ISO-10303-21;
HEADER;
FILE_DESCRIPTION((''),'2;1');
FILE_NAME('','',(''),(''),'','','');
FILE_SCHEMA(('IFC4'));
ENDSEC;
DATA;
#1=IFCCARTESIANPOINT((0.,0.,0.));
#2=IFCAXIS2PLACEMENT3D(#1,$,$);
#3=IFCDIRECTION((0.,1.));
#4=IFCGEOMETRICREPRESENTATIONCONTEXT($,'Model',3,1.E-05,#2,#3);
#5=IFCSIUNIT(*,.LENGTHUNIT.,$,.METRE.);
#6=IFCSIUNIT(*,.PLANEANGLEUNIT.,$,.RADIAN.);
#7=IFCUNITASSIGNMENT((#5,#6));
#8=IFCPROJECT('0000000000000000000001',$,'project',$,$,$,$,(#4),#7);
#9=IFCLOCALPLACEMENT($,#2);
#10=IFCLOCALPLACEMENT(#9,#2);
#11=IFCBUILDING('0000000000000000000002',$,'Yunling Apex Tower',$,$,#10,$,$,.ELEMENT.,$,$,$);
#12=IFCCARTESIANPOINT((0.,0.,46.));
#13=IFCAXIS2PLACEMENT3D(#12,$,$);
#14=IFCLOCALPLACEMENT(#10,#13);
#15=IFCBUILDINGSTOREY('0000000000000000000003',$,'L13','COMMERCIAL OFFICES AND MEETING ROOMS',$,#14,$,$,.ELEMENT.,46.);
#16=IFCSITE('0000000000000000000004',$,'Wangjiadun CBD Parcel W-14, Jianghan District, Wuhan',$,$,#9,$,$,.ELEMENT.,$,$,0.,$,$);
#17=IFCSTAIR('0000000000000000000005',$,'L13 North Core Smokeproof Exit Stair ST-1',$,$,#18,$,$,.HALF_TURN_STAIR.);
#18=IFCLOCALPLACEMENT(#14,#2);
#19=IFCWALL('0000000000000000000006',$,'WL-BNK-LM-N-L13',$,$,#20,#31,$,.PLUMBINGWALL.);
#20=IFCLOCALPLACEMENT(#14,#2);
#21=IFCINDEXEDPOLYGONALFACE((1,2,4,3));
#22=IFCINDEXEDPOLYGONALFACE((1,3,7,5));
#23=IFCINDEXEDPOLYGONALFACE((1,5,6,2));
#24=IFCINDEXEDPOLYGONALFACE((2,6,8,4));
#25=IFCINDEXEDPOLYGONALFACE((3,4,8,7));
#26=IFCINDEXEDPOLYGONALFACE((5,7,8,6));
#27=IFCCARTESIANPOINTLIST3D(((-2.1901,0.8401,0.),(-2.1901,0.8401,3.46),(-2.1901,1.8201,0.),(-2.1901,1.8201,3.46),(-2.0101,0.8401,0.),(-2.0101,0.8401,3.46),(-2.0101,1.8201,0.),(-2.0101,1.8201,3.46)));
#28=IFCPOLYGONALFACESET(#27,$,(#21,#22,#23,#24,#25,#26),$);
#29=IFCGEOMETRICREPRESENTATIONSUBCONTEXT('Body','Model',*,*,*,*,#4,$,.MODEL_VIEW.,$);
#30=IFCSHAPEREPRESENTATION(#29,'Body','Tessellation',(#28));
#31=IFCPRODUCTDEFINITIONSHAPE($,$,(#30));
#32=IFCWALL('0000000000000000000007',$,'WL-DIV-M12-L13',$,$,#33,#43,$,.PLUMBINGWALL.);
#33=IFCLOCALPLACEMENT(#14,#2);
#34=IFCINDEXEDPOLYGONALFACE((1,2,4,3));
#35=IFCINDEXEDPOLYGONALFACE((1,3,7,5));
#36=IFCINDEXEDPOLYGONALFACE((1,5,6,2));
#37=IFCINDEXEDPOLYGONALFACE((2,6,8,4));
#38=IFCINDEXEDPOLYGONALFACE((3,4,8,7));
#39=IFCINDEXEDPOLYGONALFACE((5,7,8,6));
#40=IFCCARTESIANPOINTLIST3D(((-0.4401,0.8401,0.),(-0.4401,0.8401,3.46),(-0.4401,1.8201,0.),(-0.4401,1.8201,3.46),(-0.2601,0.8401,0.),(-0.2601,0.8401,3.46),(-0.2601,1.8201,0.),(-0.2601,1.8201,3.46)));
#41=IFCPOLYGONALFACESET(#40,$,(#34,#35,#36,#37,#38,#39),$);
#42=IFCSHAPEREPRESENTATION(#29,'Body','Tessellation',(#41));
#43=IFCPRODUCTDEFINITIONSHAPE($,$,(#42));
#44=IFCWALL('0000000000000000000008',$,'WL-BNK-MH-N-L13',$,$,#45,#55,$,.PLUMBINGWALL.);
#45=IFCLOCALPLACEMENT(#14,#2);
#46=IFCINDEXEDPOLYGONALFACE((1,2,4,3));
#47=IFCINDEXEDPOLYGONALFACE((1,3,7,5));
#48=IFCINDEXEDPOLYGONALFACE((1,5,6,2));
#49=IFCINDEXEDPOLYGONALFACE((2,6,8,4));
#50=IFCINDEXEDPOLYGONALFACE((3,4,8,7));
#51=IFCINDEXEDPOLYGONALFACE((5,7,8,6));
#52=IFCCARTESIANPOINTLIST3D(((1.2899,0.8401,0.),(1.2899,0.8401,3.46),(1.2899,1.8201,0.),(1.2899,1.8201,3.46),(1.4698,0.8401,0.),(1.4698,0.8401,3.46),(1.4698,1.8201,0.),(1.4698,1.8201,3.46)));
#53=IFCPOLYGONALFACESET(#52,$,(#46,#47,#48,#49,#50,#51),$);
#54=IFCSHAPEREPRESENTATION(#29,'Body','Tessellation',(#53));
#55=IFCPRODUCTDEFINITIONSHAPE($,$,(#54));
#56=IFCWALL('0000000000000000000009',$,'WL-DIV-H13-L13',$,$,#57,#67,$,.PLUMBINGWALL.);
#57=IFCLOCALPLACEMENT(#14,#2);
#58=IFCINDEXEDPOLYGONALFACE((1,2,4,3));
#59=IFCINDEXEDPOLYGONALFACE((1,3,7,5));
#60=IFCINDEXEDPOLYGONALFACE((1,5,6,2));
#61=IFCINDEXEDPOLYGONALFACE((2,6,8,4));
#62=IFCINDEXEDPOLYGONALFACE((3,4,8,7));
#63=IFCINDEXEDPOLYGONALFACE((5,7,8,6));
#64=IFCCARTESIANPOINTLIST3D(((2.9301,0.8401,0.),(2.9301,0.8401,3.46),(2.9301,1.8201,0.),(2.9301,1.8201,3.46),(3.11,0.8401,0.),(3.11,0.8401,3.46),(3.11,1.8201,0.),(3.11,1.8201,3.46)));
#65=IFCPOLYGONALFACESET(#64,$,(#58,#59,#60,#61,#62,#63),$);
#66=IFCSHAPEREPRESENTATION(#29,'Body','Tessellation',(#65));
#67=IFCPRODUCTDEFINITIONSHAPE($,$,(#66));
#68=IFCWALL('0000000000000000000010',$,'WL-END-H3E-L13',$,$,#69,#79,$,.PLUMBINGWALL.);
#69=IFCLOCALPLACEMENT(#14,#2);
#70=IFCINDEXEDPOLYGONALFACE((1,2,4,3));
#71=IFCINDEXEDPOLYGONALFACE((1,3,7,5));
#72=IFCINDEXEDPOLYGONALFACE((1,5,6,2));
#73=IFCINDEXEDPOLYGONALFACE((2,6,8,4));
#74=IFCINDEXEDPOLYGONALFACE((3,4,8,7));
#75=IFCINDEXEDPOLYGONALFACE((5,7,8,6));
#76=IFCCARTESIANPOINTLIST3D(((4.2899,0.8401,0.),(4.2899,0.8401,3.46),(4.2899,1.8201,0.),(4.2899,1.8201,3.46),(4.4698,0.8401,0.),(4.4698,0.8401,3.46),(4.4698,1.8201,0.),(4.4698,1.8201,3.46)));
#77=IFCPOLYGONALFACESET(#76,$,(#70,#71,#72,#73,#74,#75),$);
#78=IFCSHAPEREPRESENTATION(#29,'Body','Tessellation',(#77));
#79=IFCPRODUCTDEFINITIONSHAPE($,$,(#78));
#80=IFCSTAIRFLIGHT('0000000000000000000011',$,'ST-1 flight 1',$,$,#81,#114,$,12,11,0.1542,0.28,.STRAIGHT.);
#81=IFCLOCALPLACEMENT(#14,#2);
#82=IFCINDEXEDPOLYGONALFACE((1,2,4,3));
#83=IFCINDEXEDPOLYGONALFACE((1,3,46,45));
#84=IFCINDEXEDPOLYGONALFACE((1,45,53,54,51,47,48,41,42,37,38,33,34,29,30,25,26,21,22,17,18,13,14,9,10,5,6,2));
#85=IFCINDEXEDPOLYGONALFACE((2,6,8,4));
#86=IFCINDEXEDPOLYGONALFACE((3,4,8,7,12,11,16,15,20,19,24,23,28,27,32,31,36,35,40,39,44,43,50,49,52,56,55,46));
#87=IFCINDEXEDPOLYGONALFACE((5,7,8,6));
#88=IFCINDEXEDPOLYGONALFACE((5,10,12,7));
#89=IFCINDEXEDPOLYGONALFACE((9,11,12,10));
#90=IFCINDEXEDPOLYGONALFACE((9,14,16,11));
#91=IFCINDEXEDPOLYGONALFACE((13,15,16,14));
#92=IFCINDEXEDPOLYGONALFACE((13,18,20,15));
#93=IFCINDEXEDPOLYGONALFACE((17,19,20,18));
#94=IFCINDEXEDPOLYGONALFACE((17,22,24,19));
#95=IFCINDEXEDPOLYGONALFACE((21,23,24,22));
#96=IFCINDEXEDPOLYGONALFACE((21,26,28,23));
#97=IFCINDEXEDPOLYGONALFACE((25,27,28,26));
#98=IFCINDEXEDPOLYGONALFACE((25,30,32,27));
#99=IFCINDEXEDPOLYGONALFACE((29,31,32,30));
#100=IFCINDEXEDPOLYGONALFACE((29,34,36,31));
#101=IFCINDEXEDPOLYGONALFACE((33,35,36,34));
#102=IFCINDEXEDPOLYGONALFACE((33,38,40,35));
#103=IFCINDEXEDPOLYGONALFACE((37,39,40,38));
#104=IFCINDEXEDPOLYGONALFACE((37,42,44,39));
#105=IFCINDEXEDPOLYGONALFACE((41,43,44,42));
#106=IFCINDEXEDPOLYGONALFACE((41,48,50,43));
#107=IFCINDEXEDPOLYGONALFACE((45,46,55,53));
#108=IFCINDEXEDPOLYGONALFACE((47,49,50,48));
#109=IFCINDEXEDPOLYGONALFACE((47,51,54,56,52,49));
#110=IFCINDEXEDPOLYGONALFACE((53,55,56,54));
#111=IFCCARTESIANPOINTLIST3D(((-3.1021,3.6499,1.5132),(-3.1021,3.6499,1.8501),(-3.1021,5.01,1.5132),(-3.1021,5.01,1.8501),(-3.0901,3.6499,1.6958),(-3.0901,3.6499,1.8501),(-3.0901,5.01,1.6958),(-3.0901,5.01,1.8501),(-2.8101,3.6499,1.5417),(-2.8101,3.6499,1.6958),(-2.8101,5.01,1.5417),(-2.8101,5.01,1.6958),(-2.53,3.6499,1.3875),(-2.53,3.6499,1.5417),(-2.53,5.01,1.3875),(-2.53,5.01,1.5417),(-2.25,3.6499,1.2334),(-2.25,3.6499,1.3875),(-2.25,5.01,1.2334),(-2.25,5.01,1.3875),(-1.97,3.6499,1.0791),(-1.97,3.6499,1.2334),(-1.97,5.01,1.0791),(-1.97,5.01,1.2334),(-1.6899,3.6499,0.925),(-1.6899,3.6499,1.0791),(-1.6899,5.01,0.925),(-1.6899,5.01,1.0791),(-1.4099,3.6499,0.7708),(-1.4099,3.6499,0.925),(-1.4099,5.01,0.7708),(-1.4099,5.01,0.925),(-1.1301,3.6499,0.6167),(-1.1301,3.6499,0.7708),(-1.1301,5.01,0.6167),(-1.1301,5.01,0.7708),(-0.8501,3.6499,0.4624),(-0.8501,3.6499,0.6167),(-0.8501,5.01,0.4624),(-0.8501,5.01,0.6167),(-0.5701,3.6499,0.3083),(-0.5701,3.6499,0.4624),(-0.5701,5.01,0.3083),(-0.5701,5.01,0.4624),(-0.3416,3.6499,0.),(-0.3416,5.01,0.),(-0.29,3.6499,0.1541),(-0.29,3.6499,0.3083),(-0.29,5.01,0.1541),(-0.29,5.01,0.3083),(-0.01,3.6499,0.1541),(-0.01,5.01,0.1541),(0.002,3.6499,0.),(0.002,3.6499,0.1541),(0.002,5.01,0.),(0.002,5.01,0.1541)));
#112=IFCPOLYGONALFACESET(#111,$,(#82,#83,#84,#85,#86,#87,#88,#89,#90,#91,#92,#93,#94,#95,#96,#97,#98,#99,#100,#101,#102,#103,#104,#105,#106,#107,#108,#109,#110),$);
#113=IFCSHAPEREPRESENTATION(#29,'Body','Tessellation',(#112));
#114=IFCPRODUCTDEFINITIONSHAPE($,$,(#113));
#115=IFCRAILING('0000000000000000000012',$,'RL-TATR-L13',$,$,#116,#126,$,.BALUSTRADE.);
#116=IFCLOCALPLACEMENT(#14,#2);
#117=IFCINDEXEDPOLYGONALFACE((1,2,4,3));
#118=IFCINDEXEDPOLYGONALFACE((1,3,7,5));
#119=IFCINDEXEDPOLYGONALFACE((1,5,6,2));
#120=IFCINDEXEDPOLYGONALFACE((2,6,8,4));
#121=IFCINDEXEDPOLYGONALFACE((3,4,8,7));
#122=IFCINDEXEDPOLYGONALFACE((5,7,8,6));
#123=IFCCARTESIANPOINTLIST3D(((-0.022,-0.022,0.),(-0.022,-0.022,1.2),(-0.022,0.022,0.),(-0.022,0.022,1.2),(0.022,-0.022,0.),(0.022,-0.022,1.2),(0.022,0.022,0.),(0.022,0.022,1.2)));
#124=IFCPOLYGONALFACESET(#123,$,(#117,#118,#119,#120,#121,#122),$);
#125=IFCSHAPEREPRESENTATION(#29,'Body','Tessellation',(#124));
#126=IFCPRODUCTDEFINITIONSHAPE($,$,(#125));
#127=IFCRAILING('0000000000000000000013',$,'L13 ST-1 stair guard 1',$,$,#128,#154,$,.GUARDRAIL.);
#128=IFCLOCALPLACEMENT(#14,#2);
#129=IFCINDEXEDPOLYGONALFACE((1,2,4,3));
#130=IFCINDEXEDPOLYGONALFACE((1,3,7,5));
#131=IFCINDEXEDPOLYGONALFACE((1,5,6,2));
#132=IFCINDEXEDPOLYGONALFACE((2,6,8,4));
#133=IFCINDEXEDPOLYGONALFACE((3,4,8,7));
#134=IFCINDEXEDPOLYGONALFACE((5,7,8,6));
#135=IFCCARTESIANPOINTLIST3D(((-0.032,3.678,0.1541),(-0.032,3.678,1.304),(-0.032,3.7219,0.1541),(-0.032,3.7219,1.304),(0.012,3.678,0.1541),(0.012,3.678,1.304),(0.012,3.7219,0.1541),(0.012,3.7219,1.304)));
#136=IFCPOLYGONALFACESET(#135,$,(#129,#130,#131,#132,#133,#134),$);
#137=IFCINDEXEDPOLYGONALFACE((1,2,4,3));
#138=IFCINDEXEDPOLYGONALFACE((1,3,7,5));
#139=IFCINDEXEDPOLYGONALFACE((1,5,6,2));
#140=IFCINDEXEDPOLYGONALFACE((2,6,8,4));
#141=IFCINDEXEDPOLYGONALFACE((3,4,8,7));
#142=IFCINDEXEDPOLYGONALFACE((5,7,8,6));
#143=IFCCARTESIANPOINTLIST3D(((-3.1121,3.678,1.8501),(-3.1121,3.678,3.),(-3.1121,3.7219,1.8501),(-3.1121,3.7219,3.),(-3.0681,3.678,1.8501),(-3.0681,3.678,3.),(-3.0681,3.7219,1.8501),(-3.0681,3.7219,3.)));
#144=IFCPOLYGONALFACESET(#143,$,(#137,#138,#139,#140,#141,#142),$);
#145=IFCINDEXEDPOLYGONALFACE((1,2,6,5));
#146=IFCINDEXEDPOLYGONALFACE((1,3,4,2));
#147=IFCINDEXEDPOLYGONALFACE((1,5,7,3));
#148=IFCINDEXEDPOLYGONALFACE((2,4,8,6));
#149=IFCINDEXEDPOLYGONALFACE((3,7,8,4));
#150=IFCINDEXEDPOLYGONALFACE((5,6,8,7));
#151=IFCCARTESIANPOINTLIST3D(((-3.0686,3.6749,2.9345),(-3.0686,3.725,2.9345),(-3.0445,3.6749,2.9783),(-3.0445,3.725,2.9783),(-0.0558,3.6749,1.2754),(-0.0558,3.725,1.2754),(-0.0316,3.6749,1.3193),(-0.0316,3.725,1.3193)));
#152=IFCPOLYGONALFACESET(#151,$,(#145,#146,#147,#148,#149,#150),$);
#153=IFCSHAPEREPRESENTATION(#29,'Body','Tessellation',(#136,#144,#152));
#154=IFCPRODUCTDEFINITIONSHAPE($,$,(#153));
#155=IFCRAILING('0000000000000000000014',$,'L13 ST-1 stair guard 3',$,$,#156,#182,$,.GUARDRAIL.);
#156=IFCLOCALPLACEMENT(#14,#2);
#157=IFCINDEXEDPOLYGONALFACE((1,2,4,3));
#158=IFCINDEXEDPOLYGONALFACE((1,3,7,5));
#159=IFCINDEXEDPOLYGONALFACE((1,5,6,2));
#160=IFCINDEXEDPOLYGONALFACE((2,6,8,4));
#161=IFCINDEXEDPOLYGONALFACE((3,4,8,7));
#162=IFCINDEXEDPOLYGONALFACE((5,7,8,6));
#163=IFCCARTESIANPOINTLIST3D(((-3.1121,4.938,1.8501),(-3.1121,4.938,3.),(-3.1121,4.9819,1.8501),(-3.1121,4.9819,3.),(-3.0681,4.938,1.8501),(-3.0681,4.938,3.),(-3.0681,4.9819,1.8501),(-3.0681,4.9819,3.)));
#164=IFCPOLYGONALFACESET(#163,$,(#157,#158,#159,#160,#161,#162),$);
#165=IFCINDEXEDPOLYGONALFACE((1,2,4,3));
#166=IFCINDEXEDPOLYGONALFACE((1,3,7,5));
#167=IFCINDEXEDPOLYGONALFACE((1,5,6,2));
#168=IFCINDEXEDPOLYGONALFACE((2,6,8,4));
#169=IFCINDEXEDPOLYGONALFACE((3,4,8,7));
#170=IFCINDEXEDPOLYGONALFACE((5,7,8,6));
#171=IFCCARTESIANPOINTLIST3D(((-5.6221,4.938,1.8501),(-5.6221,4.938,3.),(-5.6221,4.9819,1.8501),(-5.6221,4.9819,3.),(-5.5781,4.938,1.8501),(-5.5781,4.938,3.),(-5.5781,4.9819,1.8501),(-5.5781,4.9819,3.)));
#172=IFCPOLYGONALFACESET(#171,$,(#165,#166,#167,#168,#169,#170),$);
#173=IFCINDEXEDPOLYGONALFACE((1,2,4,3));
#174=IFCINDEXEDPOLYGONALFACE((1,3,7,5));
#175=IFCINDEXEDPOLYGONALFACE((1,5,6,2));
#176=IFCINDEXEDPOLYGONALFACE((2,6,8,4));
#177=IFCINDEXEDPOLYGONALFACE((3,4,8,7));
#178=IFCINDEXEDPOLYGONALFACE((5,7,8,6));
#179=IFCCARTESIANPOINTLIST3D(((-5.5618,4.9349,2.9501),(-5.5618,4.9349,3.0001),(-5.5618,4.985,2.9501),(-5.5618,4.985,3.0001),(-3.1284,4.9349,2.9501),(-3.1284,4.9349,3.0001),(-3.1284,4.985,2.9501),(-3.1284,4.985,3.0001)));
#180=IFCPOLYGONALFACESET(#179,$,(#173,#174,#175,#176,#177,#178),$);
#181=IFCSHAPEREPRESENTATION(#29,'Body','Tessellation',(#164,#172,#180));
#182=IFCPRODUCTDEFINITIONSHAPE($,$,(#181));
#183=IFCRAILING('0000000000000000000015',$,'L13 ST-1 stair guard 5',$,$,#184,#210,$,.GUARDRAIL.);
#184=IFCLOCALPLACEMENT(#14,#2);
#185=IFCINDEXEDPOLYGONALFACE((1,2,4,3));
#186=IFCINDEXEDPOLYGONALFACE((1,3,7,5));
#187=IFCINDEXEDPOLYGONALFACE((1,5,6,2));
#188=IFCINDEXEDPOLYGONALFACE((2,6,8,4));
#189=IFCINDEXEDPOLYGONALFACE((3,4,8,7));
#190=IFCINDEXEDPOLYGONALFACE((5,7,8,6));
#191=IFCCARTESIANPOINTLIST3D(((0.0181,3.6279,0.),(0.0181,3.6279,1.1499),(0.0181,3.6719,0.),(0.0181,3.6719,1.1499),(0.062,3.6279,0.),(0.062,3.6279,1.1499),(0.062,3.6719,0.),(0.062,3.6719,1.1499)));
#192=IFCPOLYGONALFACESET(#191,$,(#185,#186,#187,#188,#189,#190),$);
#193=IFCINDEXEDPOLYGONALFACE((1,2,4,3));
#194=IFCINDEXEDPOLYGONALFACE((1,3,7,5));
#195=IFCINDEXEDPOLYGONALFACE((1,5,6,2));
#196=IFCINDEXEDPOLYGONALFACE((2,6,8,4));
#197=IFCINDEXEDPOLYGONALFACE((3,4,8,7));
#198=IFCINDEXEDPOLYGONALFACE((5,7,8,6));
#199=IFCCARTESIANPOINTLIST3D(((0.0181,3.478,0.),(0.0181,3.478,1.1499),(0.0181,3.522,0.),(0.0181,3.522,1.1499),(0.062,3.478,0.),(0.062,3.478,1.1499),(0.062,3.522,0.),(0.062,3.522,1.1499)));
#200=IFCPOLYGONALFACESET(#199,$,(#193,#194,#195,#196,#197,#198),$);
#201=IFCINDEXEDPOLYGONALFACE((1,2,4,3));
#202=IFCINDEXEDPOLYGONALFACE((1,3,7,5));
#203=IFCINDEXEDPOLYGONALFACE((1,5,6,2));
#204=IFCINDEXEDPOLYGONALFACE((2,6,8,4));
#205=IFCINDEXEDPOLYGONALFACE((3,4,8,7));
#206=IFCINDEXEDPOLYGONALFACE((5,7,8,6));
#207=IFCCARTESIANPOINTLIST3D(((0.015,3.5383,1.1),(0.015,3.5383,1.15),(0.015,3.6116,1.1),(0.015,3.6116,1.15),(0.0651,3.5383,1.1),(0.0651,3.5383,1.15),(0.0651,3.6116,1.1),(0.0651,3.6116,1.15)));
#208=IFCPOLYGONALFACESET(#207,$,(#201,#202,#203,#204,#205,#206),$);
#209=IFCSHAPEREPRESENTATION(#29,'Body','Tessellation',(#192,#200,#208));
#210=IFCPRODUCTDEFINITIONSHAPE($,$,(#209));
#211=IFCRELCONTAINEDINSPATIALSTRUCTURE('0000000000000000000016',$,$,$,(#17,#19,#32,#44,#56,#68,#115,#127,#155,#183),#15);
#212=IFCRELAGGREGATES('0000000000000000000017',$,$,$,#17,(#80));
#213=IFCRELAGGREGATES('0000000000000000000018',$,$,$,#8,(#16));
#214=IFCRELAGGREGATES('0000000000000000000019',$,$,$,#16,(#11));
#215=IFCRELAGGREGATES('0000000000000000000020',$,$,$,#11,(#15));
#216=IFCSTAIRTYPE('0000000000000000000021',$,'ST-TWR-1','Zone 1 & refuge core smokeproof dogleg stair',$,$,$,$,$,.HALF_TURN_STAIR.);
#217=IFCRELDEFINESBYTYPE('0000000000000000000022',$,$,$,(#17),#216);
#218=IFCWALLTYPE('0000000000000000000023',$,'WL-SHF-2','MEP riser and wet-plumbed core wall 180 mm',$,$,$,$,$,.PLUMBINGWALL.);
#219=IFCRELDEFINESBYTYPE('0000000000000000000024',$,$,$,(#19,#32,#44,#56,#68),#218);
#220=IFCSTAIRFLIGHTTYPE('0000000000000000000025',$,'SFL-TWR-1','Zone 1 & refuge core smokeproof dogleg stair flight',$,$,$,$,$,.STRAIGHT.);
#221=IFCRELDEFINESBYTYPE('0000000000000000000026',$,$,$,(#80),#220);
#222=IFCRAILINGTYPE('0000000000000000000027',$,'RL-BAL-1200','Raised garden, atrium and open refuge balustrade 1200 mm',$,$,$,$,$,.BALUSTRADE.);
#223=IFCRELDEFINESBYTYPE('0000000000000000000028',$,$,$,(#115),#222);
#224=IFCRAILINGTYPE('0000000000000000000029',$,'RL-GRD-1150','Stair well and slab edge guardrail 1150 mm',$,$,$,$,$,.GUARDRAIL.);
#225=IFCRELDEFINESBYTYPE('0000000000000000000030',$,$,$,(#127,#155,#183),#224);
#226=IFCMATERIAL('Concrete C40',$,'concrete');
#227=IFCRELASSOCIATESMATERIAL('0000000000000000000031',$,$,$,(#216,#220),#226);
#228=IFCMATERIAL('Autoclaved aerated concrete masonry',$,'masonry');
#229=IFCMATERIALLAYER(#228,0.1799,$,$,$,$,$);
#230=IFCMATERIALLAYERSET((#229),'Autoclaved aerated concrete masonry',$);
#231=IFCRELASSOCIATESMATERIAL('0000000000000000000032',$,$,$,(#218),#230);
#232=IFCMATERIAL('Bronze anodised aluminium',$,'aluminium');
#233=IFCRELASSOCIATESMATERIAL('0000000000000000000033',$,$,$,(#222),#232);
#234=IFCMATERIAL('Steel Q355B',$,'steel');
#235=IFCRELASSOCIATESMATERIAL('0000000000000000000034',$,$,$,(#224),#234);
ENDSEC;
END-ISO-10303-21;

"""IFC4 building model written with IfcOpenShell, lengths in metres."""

from ifc_helpers import new_model, si_unit, direction, frame, frame_2d, origin, origin_2d, place, context, subcontext, project, spatial, polyline, rectangle, outline, extrude, material, layer, layer_set, type_object, element, aggregate, save


model = new_model("IFC4")

# Units and contexts
model_context = context("Model", 3, precision=1e-05, world=origin(), true_north=direction((0.0, 1.0)))
body_context = subcontext(model_context, "Body", "Model", "MODEL_VIEW")
ifc_project = project(units=[si_unit("LENGTHUNIT", "METRE"), si_unit("PLANEANGLEUNIT", "RADIAN")], contexts=[model_context])

# Site, building, storey
site_placement = place(None, origin())
site = spatial("IfcSite", under=ifc_project, at=site_placement, Name="Wangjiadun CBD Parcel W-14, Jianghan District, Wuhan", CompositionType="ELEMENT", RefElevation=0.0)
building_placement = place(site_placement, origin())
building = spatial("IfcBuilding", under=site, at=building_placement, Name="Yunling Apex Tower", CompositionType="ELEMENT")
storey_placement = place(building_placement, frame((0.0, 0.0, 46.0)))
storey = spatial("IfcBuildingStorey", under=building, at=storey_placement, Name="L13", Description="COMMERCIAL OFFICES AND MEETING ROOMS", CompositionType="ELEMENT", Elevation=46.0)

# Shared definitions
ifc_material_1 = material(Name="Concrete C40", Category="concrete")

# Stair
stair_type = type_object("IfcStairType", Name="ST-TWR-1", Description="Zone 1 & refuge core smokeproof dogleg stair", PredefinedType="HALF_TURN_STAIR", material=ifc_material_1)
stair_1_placement = place(storey_placement, origin())
stair_1 = element("IfcStair", 1, at=stair_1_placement, inside=storey, type_object=stair_type, Name="L13 North Core Smokeproof Exit Stair ST-1", PredefinedType="HALF_TURN_STAIR")

# Shared definitions
ifc_material_2 = material(Name="Autoclaved aerated concrete masonry", Category="masonry")
ifc_material_3 = material(Name="Steel Q355B", Category="steel")

# Walls
ifc_layer_1 = layer(ifc_material_2, 0.1799)
ifc_layer_set_1 = layer_set([ifc_layer_1], Name="Autoclaved aerated concrete masonry")
wall_type_1 = type_object("IfcWallType", Name="WL-SHF-2", Description="MEP riser and wet-plumbed core wall 180 mm", PredefinedType="PLUMBINGWALL", material=ifc_layer_set_1)
for number, where, z_axis, x_axis, name in (
    (2, (-2.1001, 0.8401, 0.0), (0.0, 0.0, 1.0), (0.0, 1.0, 0.0), "WL-BNK-LM-N-L13"),
    (3, (-0.3501, 0.8401, 0.0), (0.0, 0.0, 1.0), (0.0, 1.0, 0.0), "WL-DIV-M12-L13"),
    (4, (1.3799, 0.8401, 0.0), (0.0, 0.0, 1.0), (0.0, 1.0, 0.0), "WL-BNK-MH-N-L13"),
    (5, (3.02, 0.8401, 0.0), (0.0, 0.0, 1.0), (0.0, 1.0, 0.0), "WL-DIV-H13-L13"),
    (6, (4.3799, 0.8401, 0.0), (0.0, 0.0, 1.0), (0.0, 1.0, 0.0), "WL-END-H3E-L13"),
):
    element("IfcWall", number, at=place(storey_placement, frame(where, z_axis=z_axis, x_axis=x_axis)), inside=storey, type_object=wall_type_1, Name=name, PredefinedType="PLUMBINGWALL", context=body_context, shape_type="SweptSolid", body=[
        extrude(rectangle(XDim=0.98, YDim=0.1799, at=frame_2d((0.49, 0.0))), origin(), (0.0, 0.0, 1.0), 3.46),
    ])

# Stair flight
stair_flight_type = type_object("IfcStairFlightType", Name="SFL-TWR-1", Description="Zone 1 & refuge core smokeproof dogleg stair flight", PredefinedType="STRAIGHT", material=ifc_material_1)
stair_flight_placement = place(storey_placement, frame((-0.01, 4.3301, 0.0), z_axis=(0.0, 0.0, 1.0), x_axis=(-1.0, 0.0, 0.0)))
stair_flight = element("IfcStairFlight", 7, at=stair_flight_placement, type_object=stair_flight_type, Name="ST-1 flight 1", NumberOfRisers=12, NumberOfTreads=11, PredefinedType="STRAIGHT", RiserHeight=0.1542, TreadLength=0.28, context=body_context, shape_type="SweptSolid", body=[
    extrude(outline(polyline([(-0.012, 0.0), (-0.012, 0.1541), (0.0, 0.1541), (0.28, 0.1541), (0.28, 0.3083), (0.5601, 0.3083), (0.5601, 0.4624), (0.8401, 0.4624), (0.8401, 0.6167), (1.1201, 0.6167), (1.1201, 0.7708), (1.3999, 0.7708), (1.3999, 0.925), (1.6799, 0.925), (1.6799, 1.0791), (1.96, 1.0791), (1.96, 1.2334), (2.24, 1.2334), (2.24, 1.3875), (2.52, 1.3875), (2.52, 1.5417), (2.8, 1.5417), (2.8, 1.6958), (3.0801, 1.6958), (3.0801, 1.8501), (3.092, 1.8501), (3.092, 1.5132), (0.3315, 0.0), (-0.012, 0.0)])), frame((0.0, 0.6802, 0.0), z_axis=(0.0, -1.0, 0.0), x_axis=(1.0, 0.0, 0.0)), (0.0, 0.0, 1.0), 1.3601),
])
aggregate(stair_1, [stair_flight])

# Railings
ifc_material_4 = material(Name="Bronze anodised aluminium", Category="aluminium")
railing_type_1 = type_object("IfcRailingType", Name="RL-BAL-1200", Description="Raised garden, atrium and open refuge balustrade 1200 mm", PredefinedType="BALUSTRADE", material=ifc_material_4)
railing_1_placement = place(storey_placement, origin())
element("IfcRailing", 8, at=railing_1_placement, inside=storey, type_object=railing_type_1, Name="RL-TATR-L13", PredefinedType="BALUSTRADE", context=body_context, shape_type="SweptSolid", body=[
    extrude(rectangle(XDim=0.0439, YDim=0.0439, at=origin_2d()), origin(), (0.0, 0.0, 1.0), 1.2),
])
railing_type_2 = type_object("IfcRailingType", Name="RL-GRD-1150", Description="Stair well and slab edge guardrail 1150 mm", PredefinedType="GUARDRAIL", material=ifc_material_3)
railing_2_placement = place(storey_placement, frame((-0.01, 3.7, 0.1541)))
element("IfcRailing", 9, at=railing_2_placement, inside=storey, type_object=railing_type_2, Name="L13 ST-1 stair guard 1", PredefinedType="GUARDRAIL", context=body_context, shape_type="SweptSolid", body=[
    extrude(rectangle(XDim=0.0439, YDim=0.0439, at=origin_2d()), origin(), (0.0, 0.0, 1.0), 1.1499),
    extrude(rectangle(XDim=0.0439, YDim=0.0439, at=origin_2d()), frame((-3.0801, 0.0, 1.696)), (0.0, 0.0, 1.0), 1.1499),
    extrude(rectangle(XDim=0.05, YDim=0.05, at=origin_2d()), frame((-0.0337, 0.0, 1.1433), z_axis=(-0.875975, 0.0, 0.482356), x_axis=(0.0, -1.0, 0.0)), (0.0, 0.0, 1.0), 3.4395),
])
railing_3_placement = place(storey_placement, frame((-3.0901, 4.96, 1.8501)))
element("IfcRailing", 10, at=railing_3_placement, inside=storey, type_object=railing_type_2, Name="L13 ST-1 stair guard 3", PredefinedType="GUARDRAIL", context=body_context, shape_type="SweptSolid", body=[
    extrude(rectangle(XDim=0.0439, YDim=0.0439, at=origin_2d()), origin(), (0.0, 0.0, 1.0), 1.1499),
    extrude(rectangle(XDim=0.0439, YDim=0.0439, at=origin_2d()), frame((-2.51, 0.0, 0.0)), (0.0, 0.0, 1.0), 1.1499),
    extrude(rectangle(XDim=0.05, YDim=0.05, at=origin_2d()), frame((-0.0383, 0.0, 1.125), z_axis=(-1.0, 0.0, 0.0), x_axis=(0.0, -1.0, 0.0)), (0.0, 0.0, 1.0), 2.4333),
])
railing_4_placement = place(storey_placement, frame((0.04, 3.6499, 0.0)))
element("IfcRailing", 11, at=railing_4_placement, inside=storey, type_object=railing_type_2, Name="L13 ST-1 stair guard 5", PredefinedType="GUARDRAIL", context=body_context, shape_type="SweptSolid", body=[
    extrude(rectangle(XDim=0.0439, YDim=0.0439, at=origin_2d()), origin(), (0.0, 0.0, 1.0), 1.1499),
    extrude(rectangle(XDim=0.0439, YDim=0.0439, at=origin_2d()), frame((0.0, -0.1499, 0.0)), (0.0, 0.0, 1.0), 1.1499),
    extrude(rectangle(XDim=0.05, YDim=0.05, at=origin_2d()), frame((0.0, -0.0383, 1.125), z_axis=(0.0, -1.0, 0.0), x_axis=(1.0, 0.0, 0.0)), (0.0, 0.0, 1.0), 0.0732),
])

save(model, "model.ifc")
